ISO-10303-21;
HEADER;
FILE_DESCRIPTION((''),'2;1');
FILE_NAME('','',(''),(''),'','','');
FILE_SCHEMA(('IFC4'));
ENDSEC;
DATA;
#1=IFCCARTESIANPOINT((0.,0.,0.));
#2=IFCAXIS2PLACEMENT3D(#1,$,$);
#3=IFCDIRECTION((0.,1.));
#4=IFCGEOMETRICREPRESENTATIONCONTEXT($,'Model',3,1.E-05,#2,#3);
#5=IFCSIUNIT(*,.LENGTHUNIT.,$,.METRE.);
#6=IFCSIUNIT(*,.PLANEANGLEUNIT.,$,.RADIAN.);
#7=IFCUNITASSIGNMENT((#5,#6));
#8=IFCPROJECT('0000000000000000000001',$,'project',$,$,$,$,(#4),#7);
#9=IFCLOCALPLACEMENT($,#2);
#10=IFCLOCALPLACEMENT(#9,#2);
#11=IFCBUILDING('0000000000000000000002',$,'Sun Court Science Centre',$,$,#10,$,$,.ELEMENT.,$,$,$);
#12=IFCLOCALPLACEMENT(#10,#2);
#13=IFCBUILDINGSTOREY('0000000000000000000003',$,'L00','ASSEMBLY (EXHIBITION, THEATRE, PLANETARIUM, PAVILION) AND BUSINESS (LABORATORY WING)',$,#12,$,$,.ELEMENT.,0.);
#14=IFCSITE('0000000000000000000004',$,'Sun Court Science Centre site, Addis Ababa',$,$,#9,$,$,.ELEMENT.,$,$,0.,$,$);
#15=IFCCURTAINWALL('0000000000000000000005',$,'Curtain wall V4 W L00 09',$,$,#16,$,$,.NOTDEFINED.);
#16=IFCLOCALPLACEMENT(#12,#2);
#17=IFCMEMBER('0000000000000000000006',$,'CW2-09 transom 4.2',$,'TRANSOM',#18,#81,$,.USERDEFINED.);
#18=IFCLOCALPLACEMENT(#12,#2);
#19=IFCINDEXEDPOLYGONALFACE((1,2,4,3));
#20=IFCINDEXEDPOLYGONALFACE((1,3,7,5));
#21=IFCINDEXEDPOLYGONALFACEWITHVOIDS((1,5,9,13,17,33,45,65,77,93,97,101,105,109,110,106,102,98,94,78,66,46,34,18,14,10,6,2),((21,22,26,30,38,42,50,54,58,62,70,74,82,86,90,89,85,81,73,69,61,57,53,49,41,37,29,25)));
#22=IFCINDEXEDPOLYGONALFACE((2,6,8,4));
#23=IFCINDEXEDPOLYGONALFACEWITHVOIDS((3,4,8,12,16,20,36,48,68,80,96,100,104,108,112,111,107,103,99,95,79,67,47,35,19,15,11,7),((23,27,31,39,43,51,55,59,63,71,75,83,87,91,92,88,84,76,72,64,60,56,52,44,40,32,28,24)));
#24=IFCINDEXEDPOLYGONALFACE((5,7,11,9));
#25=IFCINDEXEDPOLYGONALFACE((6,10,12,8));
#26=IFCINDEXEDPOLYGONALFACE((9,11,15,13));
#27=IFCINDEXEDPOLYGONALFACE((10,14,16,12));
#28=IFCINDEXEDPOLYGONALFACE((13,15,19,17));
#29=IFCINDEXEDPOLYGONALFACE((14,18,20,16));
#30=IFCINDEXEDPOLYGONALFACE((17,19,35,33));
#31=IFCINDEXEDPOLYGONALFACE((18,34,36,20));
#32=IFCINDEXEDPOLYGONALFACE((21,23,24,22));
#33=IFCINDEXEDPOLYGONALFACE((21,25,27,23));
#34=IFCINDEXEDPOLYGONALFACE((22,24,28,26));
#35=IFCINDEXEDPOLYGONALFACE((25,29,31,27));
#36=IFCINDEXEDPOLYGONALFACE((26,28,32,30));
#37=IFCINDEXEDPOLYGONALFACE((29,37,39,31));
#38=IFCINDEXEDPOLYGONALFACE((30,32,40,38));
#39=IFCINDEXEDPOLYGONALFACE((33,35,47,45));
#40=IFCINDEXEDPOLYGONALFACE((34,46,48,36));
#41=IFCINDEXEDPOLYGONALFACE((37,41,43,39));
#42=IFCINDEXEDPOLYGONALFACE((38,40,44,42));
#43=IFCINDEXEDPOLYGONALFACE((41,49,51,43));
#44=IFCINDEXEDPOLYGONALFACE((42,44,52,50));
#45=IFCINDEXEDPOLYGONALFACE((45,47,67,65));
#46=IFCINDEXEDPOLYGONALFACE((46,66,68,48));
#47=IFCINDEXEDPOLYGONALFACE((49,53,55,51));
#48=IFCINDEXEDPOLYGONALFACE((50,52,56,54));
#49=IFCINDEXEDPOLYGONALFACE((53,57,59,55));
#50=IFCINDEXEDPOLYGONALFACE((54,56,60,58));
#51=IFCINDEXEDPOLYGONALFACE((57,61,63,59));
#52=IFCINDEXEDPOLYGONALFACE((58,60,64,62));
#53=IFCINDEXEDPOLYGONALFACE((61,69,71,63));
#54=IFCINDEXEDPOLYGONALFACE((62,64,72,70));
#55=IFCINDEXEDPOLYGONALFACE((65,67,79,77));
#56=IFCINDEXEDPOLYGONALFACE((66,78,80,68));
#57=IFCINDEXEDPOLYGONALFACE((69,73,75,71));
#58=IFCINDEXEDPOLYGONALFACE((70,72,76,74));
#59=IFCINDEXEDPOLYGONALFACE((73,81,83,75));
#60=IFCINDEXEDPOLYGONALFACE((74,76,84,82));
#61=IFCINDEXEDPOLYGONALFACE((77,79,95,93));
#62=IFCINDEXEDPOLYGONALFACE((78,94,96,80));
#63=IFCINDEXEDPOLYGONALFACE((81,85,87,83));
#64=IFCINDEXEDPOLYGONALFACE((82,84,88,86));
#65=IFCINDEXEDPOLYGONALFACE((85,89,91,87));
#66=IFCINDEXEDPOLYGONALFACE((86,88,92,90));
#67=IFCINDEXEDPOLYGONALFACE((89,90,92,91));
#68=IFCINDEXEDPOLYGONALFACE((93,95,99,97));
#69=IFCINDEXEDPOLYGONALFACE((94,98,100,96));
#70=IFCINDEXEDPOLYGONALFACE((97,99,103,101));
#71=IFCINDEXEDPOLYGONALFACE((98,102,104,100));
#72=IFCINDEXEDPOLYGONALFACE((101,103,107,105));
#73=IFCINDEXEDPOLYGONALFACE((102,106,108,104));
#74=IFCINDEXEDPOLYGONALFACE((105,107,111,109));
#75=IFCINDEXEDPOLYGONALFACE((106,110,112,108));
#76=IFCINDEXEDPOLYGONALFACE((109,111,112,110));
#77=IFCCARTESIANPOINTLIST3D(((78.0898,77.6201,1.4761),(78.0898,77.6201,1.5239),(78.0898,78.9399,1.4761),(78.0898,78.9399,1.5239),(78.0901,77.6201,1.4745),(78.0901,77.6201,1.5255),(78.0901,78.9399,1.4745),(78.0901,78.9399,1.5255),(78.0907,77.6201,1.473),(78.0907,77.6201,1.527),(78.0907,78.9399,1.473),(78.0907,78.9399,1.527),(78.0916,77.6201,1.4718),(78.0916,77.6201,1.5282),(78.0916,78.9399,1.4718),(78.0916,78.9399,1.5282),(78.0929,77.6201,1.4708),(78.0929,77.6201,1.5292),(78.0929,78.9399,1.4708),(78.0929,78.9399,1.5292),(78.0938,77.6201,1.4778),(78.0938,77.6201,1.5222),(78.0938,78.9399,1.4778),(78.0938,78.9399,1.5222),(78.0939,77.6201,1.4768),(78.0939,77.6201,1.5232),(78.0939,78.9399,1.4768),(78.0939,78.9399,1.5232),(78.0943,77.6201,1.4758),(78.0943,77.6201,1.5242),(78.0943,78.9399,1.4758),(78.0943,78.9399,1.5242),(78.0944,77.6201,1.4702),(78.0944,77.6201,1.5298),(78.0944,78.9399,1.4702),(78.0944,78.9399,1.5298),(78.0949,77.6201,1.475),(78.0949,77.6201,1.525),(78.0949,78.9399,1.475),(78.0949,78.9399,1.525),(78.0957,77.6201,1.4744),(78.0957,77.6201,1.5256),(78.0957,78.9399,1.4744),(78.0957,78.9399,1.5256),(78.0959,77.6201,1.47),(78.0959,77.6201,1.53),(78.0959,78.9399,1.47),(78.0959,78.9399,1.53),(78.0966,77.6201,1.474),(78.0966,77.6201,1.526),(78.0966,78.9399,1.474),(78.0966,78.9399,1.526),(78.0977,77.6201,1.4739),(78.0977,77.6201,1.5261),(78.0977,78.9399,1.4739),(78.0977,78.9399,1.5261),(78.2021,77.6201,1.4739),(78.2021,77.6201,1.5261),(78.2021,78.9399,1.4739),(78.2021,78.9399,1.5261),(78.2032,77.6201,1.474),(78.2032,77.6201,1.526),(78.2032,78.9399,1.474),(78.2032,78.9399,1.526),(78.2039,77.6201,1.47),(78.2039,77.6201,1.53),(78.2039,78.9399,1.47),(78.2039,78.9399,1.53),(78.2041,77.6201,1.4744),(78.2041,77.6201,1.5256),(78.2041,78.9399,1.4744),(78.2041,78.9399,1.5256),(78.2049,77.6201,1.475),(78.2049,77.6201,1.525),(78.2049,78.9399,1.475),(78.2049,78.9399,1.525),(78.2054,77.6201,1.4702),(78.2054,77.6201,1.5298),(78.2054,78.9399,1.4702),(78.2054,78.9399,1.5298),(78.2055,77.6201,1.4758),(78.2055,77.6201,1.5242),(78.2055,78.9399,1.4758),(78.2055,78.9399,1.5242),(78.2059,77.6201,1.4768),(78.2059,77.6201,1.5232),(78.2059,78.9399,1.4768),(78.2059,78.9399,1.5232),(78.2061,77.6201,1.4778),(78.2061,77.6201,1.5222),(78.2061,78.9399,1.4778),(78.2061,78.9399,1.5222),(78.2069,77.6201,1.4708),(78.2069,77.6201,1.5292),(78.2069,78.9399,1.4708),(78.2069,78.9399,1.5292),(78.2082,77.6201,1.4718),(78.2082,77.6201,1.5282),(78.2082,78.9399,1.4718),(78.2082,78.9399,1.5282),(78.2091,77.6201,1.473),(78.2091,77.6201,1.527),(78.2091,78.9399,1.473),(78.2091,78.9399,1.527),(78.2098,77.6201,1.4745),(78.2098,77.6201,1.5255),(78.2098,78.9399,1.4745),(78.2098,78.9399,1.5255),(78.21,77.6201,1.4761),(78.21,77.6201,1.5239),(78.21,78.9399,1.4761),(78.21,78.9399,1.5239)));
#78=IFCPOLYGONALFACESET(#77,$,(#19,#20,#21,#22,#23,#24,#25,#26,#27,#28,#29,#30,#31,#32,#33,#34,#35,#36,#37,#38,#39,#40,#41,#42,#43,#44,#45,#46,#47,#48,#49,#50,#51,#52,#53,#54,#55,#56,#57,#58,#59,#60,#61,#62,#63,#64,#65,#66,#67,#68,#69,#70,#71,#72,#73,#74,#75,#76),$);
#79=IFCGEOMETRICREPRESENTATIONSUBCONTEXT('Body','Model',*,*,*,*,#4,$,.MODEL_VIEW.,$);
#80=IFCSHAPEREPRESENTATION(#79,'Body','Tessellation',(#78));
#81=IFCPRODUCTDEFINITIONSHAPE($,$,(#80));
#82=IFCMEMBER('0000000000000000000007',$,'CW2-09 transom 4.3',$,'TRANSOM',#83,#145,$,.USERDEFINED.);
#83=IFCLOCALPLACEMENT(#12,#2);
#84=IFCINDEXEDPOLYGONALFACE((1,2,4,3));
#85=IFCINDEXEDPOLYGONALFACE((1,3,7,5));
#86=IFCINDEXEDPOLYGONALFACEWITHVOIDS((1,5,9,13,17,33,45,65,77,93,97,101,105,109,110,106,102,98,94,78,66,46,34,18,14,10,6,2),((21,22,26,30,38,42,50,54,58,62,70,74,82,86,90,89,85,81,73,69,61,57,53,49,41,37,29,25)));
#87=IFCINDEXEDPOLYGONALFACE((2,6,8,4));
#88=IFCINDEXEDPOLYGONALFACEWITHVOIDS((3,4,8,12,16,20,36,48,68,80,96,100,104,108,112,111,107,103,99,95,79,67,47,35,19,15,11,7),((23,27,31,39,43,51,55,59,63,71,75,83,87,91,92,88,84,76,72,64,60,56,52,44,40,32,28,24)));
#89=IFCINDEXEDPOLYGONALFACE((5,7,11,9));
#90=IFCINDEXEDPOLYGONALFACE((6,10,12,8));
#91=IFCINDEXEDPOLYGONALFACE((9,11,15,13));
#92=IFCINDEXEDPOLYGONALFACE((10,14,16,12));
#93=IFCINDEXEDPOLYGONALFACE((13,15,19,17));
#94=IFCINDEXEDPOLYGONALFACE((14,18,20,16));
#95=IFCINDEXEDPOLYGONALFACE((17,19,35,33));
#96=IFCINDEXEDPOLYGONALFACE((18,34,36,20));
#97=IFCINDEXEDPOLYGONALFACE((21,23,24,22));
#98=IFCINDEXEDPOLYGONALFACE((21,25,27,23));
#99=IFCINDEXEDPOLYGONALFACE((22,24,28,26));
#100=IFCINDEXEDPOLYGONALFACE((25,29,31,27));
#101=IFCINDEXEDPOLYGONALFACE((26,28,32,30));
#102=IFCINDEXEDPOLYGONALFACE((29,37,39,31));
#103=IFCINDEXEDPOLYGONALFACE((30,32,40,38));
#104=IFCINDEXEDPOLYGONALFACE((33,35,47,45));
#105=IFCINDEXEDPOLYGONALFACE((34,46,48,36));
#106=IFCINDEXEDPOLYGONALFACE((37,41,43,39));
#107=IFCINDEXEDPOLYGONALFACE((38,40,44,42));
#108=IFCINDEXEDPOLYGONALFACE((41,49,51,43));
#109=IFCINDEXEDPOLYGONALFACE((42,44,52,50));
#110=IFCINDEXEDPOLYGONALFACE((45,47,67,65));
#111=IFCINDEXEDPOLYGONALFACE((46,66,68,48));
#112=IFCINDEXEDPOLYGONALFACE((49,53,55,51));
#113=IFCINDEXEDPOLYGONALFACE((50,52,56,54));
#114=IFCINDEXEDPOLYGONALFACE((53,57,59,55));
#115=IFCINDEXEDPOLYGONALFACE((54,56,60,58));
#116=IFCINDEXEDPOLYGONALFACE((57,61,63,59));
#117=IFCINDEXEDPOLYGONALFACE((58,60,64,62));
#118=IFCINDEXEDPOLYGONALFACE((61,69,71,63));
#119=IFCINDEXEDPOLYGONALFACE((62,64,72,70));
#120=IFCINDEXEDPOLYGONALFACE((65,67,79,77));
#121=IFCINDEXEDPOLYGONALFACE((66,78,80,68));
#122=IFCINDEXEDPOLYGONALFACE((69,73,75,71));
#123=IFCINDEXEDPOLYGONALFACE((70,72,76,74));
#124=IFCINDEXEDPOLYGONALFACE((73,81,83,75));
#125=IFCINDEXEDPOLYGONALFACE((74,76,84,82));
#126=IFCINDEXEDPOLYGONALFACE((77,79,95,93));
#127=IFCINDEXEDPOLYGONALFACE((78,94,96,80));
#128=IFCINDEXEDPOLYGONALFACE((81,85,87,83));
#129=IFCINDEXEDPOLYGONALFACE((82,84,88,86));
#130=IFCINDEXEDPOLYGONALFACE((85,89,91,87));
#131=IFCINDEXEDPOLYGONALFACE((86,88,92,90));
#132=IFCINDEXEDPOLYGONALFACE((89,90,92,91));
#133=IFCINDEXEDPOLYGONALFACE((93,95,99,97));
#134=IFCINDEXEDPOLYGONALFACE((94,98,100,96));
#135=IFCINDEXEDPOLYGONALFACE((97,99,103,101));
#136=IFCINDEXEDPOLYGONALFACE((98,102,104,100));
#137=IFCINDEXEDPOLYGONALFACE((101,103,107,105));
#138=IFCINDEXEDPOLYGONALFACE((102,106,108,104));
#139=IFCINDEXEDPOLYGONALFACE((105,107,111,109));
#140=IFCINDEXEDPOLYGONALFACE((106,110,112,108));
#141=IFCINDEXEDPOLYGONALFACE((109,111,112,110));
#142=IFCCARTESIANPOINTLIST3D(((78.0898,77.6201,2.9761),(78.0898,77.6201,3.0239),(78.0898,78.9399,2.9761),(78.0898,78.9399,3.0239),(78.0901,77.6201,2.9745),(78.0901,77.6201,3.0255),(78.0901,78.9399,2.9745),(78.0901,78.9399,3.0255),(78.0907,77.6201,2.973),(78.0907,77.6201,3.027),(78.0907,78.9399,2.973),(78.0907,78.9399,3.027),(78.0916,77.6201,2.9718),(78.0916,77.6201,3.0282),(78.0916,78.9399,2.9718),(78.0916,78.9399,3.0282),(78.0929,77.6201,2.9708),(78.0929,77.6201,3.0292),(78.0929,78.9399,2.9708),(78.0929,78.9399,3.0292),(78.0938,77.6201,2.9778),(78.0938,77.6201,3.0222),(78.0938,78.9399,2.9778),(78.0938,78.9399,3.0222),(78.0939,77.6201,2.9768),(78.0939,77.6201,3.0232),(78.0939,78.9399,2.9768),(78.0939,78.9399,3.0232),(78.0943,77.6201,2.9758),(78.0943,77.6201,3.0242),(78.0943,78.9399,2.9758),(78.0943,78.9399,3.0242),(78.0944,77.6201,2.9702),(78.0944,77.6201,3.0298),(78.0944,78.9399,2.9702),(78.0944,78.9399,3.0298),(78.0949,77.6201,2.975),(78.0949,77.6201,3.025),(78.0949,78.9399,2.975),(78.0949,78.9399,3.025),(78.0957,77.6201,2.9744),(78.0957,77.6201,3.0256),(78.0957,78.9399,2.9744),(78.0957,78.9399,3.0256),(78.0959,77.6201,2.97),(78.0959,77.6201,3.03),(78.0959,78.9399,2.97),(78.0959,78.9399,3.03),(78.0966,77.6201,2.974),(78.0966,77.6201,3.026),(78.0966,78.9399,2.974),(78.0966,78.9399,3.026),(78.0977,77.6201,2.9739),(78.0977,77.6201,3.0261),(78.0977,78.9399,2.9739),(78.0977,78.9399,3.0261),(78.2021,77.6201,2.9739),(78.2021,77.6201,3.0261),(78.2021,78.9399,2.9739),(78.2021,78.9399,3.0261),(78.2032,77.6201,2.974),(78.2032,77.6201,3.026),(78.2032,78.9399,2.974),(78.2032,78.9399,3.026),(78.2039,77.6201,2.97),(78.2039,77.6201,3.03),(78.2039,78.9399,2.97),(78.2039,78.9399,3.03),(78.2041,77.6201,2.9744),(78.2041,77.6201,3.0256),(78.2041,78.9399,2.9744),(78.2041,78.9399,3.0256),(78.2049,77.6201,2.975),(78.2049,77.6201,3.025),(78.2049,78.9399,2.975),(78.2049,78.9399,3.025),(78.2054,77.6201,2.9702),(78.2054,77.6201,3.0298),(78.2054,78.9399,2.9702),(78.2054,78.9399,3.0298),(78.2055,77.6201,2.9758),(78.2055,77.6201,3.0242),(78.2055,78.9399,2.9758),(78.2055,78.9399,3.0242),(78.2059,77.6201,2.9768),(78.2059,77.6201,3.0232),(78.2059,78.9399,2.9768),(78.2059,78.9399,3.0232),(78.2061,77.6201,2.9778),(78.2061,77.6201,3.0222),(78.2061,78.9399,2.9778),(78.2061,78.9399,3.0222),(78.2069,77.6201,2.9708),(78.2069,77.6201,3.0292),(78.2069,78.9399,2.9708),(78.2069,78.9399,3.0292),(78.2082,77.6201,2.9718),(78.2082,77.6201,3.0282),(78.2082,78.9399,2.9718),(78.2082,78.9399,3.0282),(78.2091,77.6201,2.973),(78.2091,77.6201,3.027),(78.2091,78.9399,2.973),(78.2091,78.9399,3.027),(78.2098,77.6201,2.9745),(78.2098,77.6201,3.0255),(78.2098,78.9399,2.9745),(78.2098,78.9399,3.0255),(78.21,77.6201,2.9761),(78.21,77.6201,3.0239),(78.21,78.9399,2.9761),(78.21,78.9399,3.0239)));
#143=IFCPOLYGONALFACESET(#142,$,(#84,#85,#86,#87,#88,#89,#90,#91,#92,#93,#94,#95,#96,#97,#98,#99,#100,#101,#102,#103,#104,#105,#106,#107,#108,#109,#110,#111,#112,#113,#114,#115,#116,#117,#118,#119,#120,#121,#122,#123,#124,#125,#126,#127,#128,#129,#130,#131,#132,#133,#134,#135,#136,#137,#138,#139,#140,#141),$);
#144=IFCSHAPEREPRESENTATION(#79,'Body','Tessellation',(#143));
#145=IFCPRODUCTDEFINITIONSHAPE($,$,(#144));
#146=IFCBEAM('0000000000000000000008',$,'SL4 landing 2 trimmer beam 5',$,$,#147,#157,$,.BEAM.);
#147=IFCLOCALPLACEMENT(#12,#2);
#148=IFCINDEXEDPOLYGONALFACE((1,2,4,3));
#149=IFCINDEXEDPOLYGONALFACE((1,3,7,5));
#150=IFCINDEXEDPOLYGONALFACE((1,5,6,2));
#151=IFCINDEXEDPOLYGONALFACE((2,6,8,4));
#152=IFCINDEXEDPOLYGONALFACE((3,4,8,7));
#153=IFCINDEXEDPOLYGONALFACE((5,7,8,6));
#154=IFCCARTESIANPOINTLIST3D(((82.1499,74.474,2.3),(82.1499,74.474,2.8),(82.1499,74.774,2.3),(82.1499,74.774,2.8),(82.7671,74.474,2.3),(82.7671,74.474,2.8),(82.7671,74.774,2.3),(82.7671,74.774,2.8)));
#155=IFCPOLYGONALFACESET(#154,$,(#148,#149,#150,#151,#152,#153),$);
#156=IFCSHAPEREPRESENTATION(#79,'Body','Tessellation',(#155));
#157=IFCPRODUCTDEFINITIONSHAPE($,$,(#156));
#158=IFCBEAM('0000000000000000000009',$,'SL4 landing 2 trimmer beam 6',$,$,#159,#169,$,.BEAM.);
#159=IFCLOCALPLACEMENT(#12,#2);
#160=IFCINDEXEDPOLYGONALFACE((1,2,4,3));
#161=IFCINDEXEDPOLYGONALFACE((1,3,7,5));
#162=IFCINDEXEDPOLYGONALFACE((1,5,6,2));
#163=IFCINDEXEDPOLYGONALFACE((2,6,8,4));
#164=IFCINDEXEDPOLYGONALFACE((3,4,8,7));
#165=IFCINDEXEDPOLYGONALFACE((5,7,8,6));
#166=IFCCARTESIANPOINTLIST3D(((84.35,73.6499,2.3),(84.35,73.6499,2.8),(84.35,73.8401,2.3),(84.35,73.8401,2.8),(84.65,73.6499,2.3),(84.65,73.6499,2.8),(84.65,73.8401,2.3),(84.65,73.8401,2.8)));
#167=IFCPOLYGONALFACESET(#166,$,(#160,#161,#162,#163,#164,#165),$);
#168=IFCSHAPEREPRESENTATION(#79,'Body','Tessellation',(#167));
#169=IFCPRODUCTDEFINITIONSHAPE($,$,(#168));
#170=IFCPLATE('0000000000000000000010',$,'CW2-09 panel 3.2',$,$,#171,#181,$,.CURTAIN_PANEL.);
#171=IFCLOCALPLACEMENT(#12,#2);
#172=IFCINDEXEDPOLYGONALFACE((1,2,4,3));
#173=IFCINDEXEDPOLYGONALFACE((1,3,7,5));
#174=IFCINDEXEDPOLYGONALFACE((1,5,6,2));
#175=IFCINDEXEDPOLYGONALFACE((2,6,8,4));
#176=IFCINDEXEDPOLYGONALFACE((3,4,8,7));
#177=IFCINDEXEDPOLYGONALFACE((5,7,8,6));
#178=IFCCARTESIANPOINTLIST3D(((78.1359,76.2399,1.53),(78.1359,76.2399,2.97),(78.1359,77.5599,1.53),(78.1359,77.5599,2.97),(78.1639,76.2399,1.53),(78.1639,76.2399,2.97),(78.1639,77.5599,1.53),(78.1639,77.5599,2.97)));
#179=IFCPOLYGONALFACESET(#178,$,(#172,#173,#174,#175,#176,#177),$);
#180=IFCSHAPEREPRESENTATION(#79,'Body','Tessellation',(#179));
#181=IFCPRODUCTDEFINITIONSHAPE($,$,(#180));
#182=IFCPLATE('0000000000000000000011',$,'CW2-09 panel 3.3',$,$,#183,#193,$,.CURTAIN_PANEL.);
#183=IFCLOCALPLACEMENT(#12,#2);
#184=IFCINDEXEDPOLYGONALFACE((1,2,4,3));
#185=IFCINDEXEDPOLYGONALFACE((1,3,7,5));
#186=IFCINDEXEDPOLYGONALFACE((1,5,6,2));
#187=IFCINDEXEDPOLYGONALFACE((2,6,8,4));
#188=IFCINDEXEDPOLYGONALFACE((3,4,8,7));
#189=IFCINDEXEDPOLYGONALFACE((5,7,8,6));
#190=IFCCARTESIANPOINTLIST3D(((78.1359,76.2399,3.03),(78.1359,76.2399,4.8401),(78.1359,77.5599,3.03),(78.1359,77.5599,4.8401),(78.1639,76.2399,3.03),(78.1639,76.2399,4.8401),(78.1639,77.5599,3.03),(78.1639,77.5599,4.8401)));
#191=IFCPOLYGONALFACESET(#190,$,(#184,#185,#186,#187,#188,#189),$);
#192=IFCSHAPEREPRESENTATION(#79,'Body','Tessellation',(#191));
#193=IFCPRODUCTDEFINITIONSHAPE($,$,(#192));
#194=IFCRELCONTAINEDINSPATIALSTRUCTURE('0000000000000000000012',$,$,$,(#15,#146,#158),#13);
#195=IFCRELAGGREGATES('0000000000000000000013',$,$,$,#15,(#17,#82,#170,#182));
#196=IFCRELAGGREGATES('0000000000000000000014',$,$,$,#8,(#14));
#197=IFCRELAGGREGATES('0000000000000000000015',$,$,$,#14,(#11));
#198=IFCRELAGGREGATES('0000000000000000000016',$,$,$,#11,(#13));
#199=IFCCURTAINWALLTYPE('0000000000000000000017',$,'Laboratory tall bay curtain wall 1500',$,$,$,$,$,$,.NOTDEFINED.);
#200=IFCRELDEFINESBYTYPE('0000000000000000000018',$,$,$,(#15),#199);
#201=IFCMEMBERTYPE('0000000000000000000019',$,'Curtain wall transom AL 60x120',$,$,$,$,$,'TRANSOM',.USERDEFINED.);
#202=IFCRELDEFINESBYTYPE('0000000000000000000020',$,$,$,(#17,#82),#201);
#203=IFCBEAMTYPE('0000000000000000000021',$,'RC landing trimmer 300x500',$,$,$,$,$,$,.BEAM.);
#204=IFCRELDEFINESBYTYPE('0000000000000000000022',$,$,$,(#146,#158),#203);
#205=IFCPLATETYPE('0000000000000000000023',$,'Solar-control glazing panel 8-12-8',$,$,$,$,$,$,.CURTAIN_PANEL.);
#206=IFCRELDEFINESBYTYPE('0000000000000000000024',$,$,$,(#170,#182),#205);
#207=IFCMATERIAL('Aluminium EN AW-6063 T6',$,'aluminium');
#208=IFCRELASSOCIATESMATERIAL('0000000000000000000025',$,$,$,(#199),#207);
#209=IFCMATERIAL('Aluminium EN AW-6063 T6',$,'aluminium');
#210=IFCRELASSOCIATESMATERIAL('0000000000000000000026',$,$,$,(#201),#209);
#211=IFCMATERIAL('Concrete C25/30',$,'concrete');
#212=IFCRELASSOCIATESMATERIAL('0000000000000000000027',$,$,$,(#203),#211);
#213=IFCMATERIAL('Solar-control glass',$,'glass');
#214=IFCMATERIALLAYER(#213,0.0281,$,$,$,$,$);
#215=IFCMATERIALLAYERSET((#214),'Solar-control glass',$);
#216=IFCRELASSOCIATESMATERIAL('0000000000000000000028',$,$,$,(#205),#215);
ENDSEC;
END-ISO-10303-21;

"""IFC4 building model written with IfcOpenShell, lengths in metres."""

from ifc_helpers import new_model, si_unit, direction, frame, origin, origin_2d, place, context, subcontext, project, spatial, rectangle, hollow_rectangle, extrude, material, layer, layer_set, material_profile, profile_set, type_object, element, aggregate, save


model = new_model("IFC4")

# Units and contexts
model_context = context("Model", 3, precision=1e-05, world=origin(), true_north=direction((0.0, 1.0)))
body_context = subcontext(model_context, "Body", "Model", "MODEL_VIEW")
ifc_project = project(units=[si_unit("LENGTHUNIT", "METRE"), si_unit("PLANEANGLEUNIT", "RADIAN")], contexts=[model_context])

# Site, building, storey
site_placement = place(None, origin())
site = spatial("IfcSite", under=ifc_project, at=site_placement, Name="Sun Court Science Centre site, Addis Ababa", CompositionType="ELEMENT", RefElevation=0.0)
building_placement = place(site_placement, origin())
building = spatial("IfcBuilding", under=site, at=building_placement, Name="Sun Court Science Centre", CompositionType="ELEMENT")
storey_placement = place(building_placement, origin())
storey = spatial("IfcBuildingStorey", under=building, at=storey_placement, Name="L00", Description="ASSEMBLY (EXHIBITION, THEATRE, PLANETARIUM, PAVILION) AND BUSINESS (LABORATORY WING)", CompositionType="ELEMENT", Elevation=0.0)

# Curtain wall, members
ifc_material_1 = material(Name="Aluminium EN AW-6063 T6", Category="aluminium")
curtain_wall_type = type_object("IfcCurtainWallType", Name="Laboratory tall bay curtain wall 1500", PredefinedType="NOTDEFINED", material=ifc_material_1)
curtain_wall_placement = place(storey_placement, origin())
curtain_wall = element("IfcCurtainWall", 1, at=curtain_wall_placement, inside=storey, type_object=curtain_wall_type, Name="Curtain wall V4 W L00 09", PredefinedType="NOTDEFINED")
ifc_material_2 = material(Name="Aluminium EN AW-6063 T6", Category="aluminium")
ifc_material_profile_1 = material_profile(ifc_material_2, hollow_rectangle(XDim=0.0601, YDim=0.1201, WallThickness=0.0039, InnerFilletRadius=0.0039, OuterFilletRadius=0.0061, at=origin_2d()), Name="AL 60x120x4")
ifc_profile_set_1 = profile_set([ifc_material_profile_1], Name="Aluminium EN AW-6063 T6")
member_type_1 = type_object("IfcMemberType", Name="Curtain wall transom AL 60x120", ElementType="TRANSOM", PredefinedType="USERDEFINED", material=ifc_profile_set_1)
member_1_placement = place(storey_placement, frame((78.1499, 77.6201, 1.5), z_axis=(0.0, 1.0, 0.0), x_axis=(0.0, 0.0, 1.0)))
member_1 = element("IfcMember", 2, at=member_1_placement, type_object=member_type_1, Name="CW2-09 transom 4.2", ObjectType="TRANSOM", PredefinedType="USERDEFINED", context=body_context, shape_type="SweptSolid", body=[
    extrude(hollow_rectangle(XDim=0.0601, YDim=0.1201, WallThickness=0.0039, InnerFilletRadius=0.0039, OuterFilletRadius=0.0061, at=origin_2d()), origin(), (0.0, 0.0, 1.0), 1.3198),
])
member_2_placement = place(storey_placement, frame((78.1499, 77.6201, 3.0), z_axis=(0.0, 1.0, 0.0), x_axis=(0.0, 0.0, 1.0)))
member_2 = element("IfcMember", 3, at=member_2_placement, type_object=member_type_1, Name="CW2-09 transom 4.3", ObjectType="TRANSOM", PredefinedType="USERDEFINED", context=body_context, shape_type="SweptSolid", body=[
    extrude(hollow_rectangle(XDim=0.0601, YDim=0.1201, WallThickness=0.0039, InnerFilletRadius=0.0039, OuterFilletRadius=0.0061, at=origin_2d()), origin(), (0.0, 0.0, 1.0), 1.3198),
])

# Beams
ifc_material_3 = material(Name="Concrete C25/30", Category="concrete")
ifc_material_profile_2 = material_profile(ifc_material_3, rectangle(XDim=0.3, YDim=0.5, at=origin_2d()), Name="RC 300x500")
ifc_profile_set_2 = profile_set([ifc_material_profile_2], Name="Concrete C25/30")
beam_type = type_object("IfcBeamType", Name="RC landing trimmer 300x500", PredefinedType="BEAM", material=ifc_profile_set_2)
beam_1_placement = place(storey_placement, frame((82.1499, 74.624, 2.55), z_axis=(1.0, 0.0, 0.0), x_axis=(0.0, 1.0, 0.0)))
element("IfcBeam", 4, at=beam_1_placement, inside=storey, type_object=beam_type, Name="SL4 landing 2 trimmer beam 5", PredefinedType="BEAM", context=body_context, shape_type="SweptSolid", body=[
    extrude(rectangle(XDim=0.3, YDim=0.5, at=origin_2d()), origin(), (0.0, 0.0, 1.0), 0.6172),
])
beam_2_placement = place(storey_placement, frame((84.5, 73.6499, 2.55), z_axis=(0.0, 1.0, 0.0), x_axis=(-1.0, 0.0, 0.0)))
element("IfcBeam", 5, at=beam_2_placement, inside=storey, type_object=beam_type, Name="SL4 landing 2 trimmer beam 6", PredefinedType="BEAM", context=body_context, shape_type="SweptSolid", body=[
    extrude(rectangle(XDim=0.3, YDim=0.5, at=origin_2d()), origin(), (0.0, 0.0, 1.0), 0.1902),
])

# Plates
ifc_material_4 = material(Name="Solar-control glass", Category="glass")
ifc_layer_1 = layer(ifc_material_4, 0.0281)
ifc_layer_set_1 = layer_set([ifc_layer_1], Name="Solar-control glass")
plate_type = type_object("IfcPlateType", Name="Solar-control glazing panel 8-12-8", PredefinedType="CURTAIN_PANEL", material=ifc_layer_set_1)
plate_1_placement = place(storey_placement, frame((78.1499, 76.8999, 1.53), z_axis=(0.0, 0.0, 1.0), x_axis=(0.0, 1.0, 0.0)))
plate_1 = element("IfcPlate", 6, at=plate_1_placement, type_object=plate_type, Name="CW2-09 panel 3.2", PredefinedType="CURTAIN_PANEL", context=body_context, shape_type="SweptSolid", body=[
    extrude(rectangle(XDim=1.3201, YDim=0.0281, at=origin_2d()), origin(), (0.0, 0.0, 1.0), 1.4399),
])
plate_2_placement = place(storey_placement, frame((78.1499, 76.8999, 3.03), z_axis=(0.0, 0.0, 1.0), x_axis=(0.0, 1.0, 0.0)))
plate_2 = element("IfcPlate", 7, at=plate_2_placement, type_object=plate_type, Name="CW2-09 panel 3.3", PredefinedType="CURTAIN_PANEL", context=body_context, shape_type="SweptSolid", body=[
    extrude(rectangle(XDim=1.3201, YDim=0.0281, at=origin_2d()), origin(), (0.0, 0.0, 1.0), 1.8101),
])
aggregate(curtain_wall, [member_1, member_2, plate_1, plate_2])

save(model, "model.ifc")
